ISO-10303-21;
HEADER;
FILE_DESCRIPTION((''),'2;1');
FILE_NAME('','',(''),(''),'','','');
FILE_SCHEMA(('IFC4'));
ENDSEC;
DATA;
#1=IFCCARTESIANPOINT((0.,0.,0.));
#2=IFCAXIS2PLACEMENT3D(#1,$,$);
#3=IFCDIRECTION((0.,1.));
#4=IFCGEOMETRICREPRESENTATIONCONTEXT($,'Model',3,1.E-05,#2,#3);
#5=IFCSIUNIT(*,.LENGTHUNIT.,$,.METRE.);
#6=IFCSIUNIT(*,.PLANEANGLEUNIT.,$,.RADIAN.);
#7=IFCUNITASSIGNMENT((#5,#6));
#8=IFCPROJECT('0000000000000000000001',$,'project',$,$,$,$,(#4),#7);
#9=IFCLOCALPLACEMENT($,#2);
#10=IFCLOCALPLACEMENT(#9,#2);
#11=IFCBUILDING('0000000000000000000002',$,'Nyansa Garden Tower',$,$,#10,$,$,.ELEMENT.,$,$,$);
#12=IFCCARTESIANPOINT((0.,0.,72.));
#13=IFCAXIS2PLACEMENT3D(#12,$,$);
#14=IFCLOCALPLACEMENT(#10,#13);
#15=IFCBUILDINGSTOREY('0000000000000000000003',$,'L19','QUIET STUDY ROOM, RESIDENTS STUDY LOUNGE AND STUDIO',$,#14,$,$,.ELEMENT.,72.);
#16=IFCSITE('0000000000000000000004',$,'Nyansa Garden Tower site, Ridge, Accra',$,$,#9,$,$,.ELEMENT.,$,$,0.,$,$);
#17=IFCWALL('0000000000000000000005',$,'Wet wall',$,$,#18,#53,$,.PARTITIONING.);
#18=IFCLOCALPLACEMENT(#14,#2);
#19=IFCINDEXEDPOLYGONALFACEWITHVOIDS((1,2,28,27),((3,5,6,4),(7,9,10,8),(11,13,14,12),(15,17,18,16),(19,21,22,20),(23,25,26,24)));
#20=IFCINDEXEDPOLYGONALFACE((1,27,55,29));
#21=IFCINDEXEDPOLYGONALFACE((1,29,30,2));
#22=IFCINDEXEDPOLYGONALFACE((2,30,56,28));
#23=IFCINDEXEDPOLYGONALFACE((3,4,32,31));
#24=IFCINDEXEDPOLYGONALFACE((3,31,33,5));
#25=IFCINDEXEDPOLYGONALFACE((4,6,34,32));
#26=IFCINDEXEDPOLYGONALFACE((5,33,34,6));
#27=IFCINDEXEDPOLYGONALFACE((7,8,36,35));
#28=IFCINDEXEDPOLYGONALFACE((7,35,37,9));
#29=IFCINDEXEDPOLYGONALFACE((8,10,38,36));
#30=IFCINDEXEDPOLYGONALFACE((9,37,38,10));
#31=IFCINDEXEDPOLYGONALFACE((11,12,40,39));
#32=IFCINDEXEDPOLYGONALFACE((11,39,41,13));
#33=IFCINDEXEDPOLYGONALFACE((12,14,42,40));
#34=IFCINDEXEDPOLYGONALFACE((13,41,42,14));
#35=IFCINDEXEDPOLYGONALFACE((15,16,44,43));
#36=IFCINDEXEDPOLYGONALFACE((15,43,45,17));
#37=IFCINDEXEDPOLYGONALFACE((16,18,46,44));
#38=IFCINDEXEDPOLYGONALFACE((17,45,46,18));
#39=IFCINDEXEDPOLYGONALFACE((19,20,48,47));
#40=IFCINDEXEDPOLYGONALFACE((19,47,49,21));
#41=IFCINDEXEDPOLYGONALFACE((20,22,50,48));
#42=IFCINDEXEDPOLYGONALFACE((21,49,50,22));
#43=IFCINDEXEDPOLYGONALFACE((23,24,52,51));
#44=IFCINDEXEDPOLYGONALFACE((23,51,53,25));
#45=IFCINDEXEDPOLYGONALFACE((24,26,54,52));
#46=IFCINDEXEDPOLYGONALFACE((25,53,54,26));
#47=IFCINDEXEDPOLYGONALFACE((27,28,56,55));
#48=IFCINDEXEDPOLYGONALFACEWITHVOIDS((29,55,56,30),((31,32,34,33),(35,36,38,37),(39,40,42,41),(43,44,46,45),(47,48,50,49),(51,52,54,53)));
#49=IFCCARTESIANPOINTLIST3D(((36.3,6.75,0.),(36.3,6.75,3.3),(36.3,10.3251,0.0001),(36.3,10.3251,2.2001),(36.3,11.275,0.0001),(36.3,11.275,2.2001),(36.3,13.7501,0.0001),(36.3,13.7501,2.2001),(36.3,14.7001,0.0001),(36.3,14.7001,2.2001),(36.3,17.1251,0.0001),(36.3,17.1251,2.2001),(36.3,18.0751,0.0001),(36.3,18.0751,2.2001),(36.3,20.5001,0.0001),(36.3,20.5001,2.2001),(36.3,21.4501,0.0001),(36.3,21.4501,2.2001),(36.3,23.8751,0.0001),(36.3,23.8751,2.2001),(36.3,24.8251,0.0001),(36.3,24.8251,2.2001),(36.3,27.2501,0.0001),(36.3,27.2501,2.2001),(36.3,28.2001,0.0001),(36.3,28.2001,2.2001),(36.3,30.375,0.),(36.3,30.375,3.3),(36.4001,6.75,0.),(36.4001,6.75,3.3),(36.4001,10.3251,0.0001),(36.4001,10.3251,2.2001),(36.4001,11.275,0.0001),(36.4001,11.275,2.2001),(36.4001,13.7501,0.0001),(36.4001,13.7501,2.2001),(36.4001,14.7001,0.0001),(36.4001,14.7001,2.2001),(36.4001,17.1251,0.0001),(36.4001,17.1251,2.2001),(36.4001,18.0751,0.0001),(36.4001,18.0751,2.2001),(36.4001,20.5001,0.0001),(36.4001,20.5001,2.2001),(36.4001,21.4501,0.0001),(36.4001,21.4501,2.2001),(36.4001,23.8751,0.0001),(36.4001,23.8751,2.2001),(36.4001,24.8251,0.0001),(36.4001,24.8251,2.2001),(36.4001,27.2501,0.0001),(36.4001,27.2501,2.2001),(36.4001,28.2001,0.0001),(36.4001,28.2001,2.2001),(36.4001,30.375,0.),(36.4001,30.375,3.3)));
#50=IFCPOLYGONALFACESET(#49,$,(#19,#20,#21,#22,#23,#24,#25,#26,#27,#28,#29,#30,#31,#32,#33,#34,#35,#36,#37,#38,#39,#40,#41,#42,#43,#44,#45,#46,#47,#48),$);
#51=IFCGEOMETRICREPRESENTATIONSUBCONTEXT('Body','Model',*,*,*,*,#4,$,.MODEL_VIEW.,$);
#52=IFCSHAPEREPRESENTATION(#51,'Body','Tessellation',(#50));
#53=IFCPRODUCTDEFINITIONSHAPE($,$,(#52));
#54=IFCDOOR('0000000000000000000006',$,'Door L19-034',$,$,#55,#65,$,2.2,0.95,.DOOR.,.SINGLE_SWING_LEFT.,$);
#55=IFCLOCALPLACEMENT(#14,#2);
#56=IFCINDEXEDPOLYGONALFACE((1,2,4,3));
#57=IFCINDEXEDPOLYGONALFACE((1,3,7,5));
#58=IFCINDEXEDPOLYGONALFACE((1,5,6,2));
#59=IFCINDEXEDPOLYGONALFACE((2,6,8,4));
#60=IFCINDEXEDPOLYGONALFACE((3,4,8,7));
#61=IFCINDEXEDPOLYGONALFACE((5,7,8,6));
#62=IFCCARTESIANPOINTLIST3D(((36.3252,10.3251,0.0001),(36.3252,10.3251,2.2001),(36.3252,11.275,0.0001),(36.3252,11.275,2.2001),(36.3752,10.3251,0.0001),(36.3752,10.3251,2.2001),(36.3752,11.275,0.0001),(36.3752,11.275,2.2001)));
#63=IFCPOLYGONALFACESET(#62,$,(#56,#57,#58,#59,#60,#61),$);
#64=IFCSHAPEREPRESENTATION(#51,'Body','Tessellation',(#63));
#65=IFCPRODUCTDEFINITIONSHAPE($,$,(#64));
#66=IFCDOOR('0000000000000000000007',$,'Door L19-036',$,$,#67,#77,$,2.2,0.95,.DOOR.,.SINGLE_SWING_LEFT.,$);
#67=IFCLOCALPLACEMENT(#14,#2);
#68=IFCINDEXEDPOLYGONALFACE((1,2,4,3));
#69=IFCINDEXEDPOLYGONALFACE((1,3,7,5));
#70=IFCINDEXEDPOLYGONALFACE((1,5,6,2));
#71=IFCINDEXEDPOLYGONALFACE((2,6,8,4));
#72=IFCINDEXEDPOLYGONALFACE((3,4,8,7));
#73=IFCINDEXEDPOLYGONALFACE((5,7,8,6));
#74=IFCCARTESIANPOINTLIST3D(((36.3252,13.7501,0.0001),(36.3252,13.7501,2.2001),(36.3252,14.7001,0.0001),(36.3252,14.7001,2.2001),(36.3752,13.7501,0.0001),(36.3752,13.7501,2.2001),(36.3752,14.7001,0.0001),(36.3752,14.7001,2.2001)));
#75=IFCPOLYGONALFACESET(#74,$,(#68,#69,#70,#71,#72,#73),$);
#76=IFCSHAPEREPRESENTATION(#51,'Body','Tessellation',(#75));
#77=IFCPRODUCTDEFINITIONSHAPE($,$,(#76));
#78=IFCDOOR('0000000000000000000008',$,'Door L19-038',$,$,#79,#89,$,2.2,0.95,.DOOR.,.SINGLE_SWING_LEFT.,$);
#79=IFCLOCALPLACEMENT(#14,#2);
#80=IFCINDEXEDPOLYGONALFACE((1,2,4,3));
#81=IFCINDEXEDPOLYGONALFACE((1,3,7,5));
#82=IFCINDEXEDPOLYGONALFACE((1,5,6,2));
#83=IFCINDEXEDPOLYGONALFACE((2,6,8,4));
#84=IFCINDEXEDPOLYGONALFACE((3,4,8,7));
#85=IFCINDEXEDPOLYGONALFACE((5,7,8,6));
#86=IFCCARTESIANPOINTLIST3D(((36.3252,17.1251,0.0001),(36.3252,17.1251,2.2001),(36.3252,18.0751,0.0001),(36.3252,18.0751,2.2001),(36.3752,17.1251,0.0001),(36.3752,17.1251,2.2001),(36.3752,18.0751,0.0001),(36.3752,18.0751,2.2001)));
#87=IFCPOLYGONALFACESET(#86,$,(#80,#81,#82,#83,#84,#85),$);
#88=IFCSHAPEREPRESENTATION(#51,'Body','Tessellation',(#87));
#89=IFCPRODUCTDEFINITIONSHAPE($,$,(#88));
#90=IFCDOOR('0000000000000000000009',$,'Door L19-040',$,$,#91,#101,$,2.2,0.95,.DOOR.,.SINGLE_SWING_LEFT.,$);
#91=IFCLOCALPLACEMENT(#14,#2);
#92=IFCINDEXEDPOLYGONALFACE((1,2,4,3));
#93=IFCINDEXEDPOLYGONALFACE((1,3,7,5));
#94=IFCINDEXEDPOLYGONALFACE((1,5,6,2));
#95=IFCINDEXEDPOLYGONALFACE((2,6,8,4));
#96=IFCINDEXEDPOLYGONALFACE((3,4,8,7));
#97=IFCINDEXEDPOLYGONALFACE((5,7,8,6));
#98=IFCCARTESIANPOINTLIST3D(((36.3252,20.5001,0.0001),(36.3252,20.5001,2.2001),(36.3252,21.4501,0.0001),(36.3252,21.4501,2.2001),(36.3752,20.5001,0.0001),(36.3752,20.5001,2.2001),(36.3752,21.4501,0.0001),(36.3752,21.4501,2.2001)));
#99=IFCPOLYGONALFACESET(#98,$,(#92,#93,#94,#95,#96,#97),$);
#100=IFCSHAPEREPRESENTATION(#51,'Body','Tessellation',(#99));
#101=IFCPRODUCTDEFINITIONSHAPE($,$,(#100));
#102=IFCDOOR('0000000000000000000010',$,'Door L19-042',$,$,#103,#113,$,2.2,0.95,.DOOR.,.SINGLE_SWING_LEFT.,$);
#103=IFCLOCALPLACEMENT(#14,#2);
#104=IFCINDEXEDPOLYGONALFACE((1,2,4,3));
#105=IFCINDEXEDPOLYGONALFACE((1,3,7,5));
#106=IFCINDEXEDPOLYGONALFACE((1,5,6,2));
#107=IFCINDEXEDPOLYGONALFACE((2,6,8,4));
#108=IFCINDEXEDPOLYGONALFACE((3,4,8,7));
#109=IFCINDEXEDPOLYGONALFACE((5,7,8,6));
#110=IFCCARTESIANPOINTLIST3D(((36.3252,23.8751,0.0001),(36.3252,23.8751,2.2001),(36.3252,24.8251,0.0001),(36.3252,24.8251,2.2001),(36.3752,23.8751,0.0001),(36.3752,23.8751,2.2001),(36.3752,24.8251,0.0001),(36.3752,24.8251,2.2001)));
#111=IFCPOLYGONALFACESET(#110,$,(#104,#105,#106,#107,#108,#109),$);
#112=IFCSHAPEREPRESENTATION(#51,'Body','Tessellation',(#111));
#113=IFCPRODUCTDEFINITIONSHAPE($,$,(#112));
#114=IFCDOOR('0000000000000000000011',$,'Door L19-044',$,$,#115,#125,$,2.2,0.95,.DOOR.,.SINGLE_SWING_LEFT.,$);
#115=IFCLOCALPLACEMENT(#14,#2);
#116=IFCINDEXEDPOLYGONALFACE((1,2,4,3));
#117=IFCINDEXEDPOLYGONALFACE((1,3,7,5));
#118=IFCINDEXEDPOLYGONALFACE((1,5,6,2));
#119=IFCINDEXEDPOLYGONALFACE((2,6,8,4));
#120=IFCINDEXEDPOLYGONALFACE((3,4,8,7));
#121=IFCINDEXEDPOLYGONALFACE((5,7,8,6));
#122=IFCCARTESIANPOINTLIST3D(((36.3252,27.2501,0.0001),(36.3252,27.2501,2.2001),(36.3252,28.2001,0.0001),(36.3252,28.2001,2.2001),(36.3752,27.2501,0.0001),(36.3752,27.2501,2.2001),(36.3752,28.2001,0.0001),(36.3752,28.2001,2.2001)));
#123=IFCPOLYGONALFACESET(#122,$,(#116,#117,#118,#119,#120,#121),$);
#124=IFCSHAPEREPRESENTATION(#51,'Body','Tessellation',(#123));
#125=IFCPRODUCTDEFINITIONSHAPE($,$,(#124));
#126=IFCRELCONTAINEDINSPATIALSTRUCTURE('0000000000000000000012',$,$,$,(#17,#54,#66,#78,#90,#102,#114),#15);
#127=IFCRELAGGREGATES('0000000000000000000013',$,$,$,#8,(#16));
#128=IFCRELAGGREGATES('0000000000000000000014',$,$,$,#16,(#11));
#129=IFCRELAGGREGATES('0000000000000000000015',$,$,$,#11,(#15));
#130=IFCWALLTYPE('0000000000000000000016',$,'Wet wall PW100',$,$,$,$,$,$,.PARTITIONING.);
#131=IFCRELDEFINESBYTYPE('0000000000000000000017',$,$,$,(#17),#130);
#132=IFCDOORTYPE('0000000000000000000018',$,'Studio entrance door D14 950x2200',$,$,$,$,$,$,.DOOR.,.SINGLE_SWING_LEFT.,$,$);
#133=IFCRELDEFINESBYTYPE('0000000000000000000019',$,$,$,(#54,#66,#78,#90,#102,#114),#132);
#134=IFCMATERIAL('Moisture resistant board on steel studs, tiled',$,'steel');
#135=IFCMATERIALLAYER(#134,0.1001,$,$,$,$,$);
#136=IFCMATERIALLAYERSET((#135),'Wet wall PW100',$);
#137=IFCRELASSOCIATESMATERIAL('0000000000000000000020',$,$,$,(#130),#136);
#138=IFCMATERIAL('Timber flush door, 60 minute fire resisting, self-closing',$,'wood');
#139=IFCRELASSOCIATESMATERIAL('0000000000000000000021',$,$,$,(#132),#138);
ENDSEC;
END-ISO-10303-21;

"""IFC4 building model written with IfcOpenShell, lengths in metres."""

from ifc_helpers import new_model, si_unit, direction, frame, frame_2d, origin, place, context, subcontext, project, spatial, rectangle, extrude, material, layer, layer_set, type_object, element, fill, save


model = new_model("IFC4")

# Units and contexts
model_context = context("Model", 3, precision=1e-05, world=origin(), true_north=direction((0.0, 1.0)))
body_context = subcontext(model_context, "Body", "Model", "MODEL_VIEW")
ifc_project = project(units=[si_unit("LENGTHUNIT", "METRE"), si_unit("PLANEANGLEUNIT", "RADIAN")], contexts=[model_context])

# Site, building, storey
site_placement = place(None, origin())
site = spatial("IfcSite", under=ifc_project, at=site_placement, Name="Nyansa Garden Tower site, Ridge, Accra", CompositionType="ELEMENT", RefElevation=0.0)
building_placement = place(site_placement, origin())
building = spatial("IfcBuilding", under=site, at=building_placement, Name="Nyansa Garden Tower", CompositionType="ELEMENT")
storey_placement = place(building_placement, frame((0.0, 0.0, 72.0)))
storey = spatial("IfcBuildingStorey", under=building, at=storey_placement, Name="L19", Description="QUIET STUDY ROOM, RESIDENTS STUDY LOUNGE AND STUDIO", CompositionType="ELEMENT", Elevation=72.0)

# Wall, openings, doors
ifc_material_1 = material(Name="Moisture resistant board on steel studs, tiled", Category="steel")
ifc_layer_1 = layer(ifc_material_1, 0.1001)
ifc_layer_set_1 = layer_set([ifc_layer_1], Name="Wet wall PW100")
wall_type_1 = type_object("IfcWallType", Name="Wet wall PW100", PredefinedType="PARTITIONING", material=ifc_layer_set_1)
wall_1_placement = place(storey_placement, frame((36.3501, 6.75, 0.0), z_axis=(0.0, 0.0, 1.0), x_axis=(0.0, 1.0, 0.0)))
wall_1 = element("IfcWall", 1, at=wall_1_placement, inside=storey, type_object=wall_type_1, Name="Wet wall", PredefinedType="PARTITIONING", context=body_context, shape_type="SweptSolid", body=[
    extrude(rectangle(XDim=23.625, YDim=0.1001, at=frame_2d((11.8125, 0.0))), origin(), (0.0, 0.0, 1.0), 3.3),
])
opening_1_placement = place(wall_1_placement, frame((3.575, 0.0, 0.0)))
opening_1 = element("IfcOpeningElement", 2, at=opening_1_placement, cuts=wall_1, PredefinedType="OPENING", context=body_context, shape_type="SweptSolid", body=[
    extrude(rectangle(XDim=0.95, YDim=2.2, at=frame_2d((0.4751, 1.1001))), frame((0.0, 0.0601, 0.0), z_axis=(0.0, -1.0, 0.0), x_axis=(1.0, 0.0, 0.0)), (0.0, 0.0, 1.0), 0.1201),
])
opening_2_placement = place(wall_1_placement, frame((7.0, 0.0, 0.0)))
opening_2 = element("IfcOpeningElement", 3, at=opening_2_placement, cuts=wall_1, PredefinedType="OPENING", context=body_context, shape_type="SweptSolid", body=[
    extrude(rectangle(XDim=0.95, YDim=2.2, at=frame_2d((0.4751, 1.1001))), frame((0.0, 0.0601, 0.0), z_axis=(0.0, -1.0, 0.0), x_axis=(1.0, 0.0, 0.0)), (0.0, 0.0, 1.0), 0.1201),
])
opening_3_placement = place(wall_1_placement, frame((10.375, 0.0, 0.0)))
opening_3 = element("IfcOpeningElement", 4, at=opening_3_placement, cuts=wall_1, PredefinedType="OPENING", context=body_context, shape_type="SweptSolid", body=[
    extrude(rectangle(XDim=0.95, YDim=2.2, at=frame_2d((0.4751, 1.1001))), frame((0.0, 0.0601, 0.0), z_axis=(0.0, -1.0, 0.0), x_axis=(1.0, 0.0, 0.0)), (0.0, 0.0, 1.0), 0.1201),
])
opening_4_placement = place(wall_1_placement, frame((13.75, 0.0, 0.0)))
opening_4 = element("IfcOpeningElement", 5, at=opening_4_placement, cuts=wall_1, PredefinedType="OPENING", context=body_context, shape_type="SweptSolid", body=[
    extrude(rectangle(XDim=0.95, YDim=2.2, at=frame_2d((0.4751, 1.1001))), frame((0.0, 0.0601, 0.0), z_axis=(0.0, -1.0, 0.0), x_axis=(1.0, 0.0, 0.0)), (0.0, 0.0, 1.0), 0.1201),
])
opening_5_placement = place(wall_1_placement, frame((17.125, 0.0, 0.0)))
opening_5 = element("IfcOpeningElement", 6, at=opening_5_placement, cuts=wall_1, PredefinedType="OPENING", context=body_context, shape_type="SweptSolid", body=[
    extrude(rectangle(XDim=0.95, YDim=2.2, at=frame_2d((0.4751, 1.1001))), frame((0.0, 0.0601, 0.0), z_axis=(0.0, -1.0, 0.0), x_axis=(1.0, 0.0, 0.0)), (0.0, 0.0, 1.0), 0.1201),
])
opening_6_placement = place(wall_1_placement, frame((20.5, 0.0, 0.0)))
opening_6 = element("IfcOpeningElement", 7, at=opening_6_placement, cuts=wall_1, PredefinedType="OPENING", context=body_context, shape_type="SweptSolid", body=[
    extrude(rectangle(XDim=0.95, YDim=2.2, at=frame_2d((0.4751, 1.1001))), frame((0.0, 0.0601, 0.0), z_axis=(0.0, -1.0, 0.0), x_axis=(1.0, 0.0, 0.0)), (0.0, 0.0, 1.0), 0.1201),
])
ifc_material_2 = material(Name="Timber flush door, 60 minute fire resisting, self-closing", Category="wood")
door_type = type_object("IfcDoorType", Name="Studio entrance door D14 950x2200", OperationType="SINGLE_SWING_LEFT", PredefinedType="DOOR", material=ifc_material_2)
door_1_placement = place(opening_1_placement, origin())
door_1 = element("IfcDoor", 8, at=door_1_placement, inside=storey, type_object=door_type, Name="Door L19-034", OperationType="SINGLE_SWING_LEFT", OverallHeight=2.2, OverallWidth=0.95, PredefinedType="DOOR", context=body_context, shape_type="SweptSolid", body=[
    extrude(rectangle(XDim=0.95, YDim=2.2, at=frame_2d((0.4751, 1.1001))), frame((0.0, 0.0249, 0.0), z_axis=(0.0, -1.0, 0.0), x_axis=(1.0, 0.0, 0.0)), (0.0, 0.0, 1.0), 0.05),
])
fill(opening_1, door_1)
door_2_placement = place(opening_2_placement, origin())
door_2 = element("IfcDoor", 9, at=door_2_placement, inside=storey, type_object=door_type, Name="Door L19-036", OperationType="SINGLE_SWING_LEFT", OverallHeight=2.2, OverallWidth=0.95, PredefinedType="DOOR", context=body_context, shape_type="SweptSolid", body=[
    extrude(rectangle(XDim=0.95, YDim=2.2, at=frame_2d((0.4751, 1.1001))), frame((0.0, 0.0249, 0.0), z_axis=(0.0, -1.0, 0.0), x_axis=(1.0, 0.0, 0.0)), (0.0, 0.0, 1.0), 0.05),
])
fill(opening_2, door_2)
door_3_placement = place(opening_3_placement, origin())
door_3 = element("IfcDoor", 10, at=door_3_placement, inside=storey, type_object=door_type, Name="Door L19-038", OperationType="SINGLE_SWING_LEFT", OverallHeight=2.2, OverallWidth=0.95, PredefinedType="DOOR", context=body_context, shape_type="SweptSolid", body=[
    extrude(rectangle(XDim=0.95, YDim=2.2, at=frame_2d((0.4751, 1.1001))), frame((0.0, 0.0249, 0.0), z_axis=(0.0, -1.0, 0.0), x_axis=(1.0, 0.0, 0.0)), (0.0, 0.0, 1.0), 0.05),
])
fill(opening_3, door_3)
door_4_placement = place(opening_4_placement, origin())
door_4 = element("IfcDoor", 11, at=door_4_placement, inside=storey, type_object=door_type, Name="Door L19-040", OperationType="SINGLE_SWING_LEFT", OverallHeight=2.2, OverallWidth=0.95, PredefinedType="DOOR", context=body_context, shape_type="SweptSolid", body=[
    extrude(rectangle(XDim=0.95, YDim=2.2, at=frame_2d((0.4751, 1.1001))), frame((0.0, 0.0249, 0.0), z_axis=(0.0, -1.0, 0.0), x_axis=(1.0, 0.0, 0.0)), (0.0, 0.0, 1.0), 0.05),
])
fill(opening_4, door_4)
door_5_placement = place(opening_5_placement, origin())
door_5 = element("IfcDoor", 12, at=door_5_placement, inside=storey, type_object=door_type, Name="Door L19-042", OperationType="SINGLE_SWING_LEFT", OverallHeight=2.2, OverallWidth=0.95, PredefinedType="DOOR", context=body_context, shape_type="SweptSolid", body=[
    extrude(rectangle(XDim=0.95, YDim=2.2, at=frame_2d((0.4751, 1.1001))), frame((0.0, 0.0249, 0.0), z_axis=(0.0, -1.0, 0.0), x_axis=(1.0, 0.0, 0.0)), (0.0, 0.0, 1.0), 0.05),
])
fill(opening_5, door_5)
door_6_placement = place(opening_6_placement, origin())
door_6 = element("IfcDoor", 13, at=door_6_placement, inside=storey, type_object=door_type, Name="Door L19-044", OperationType="SINGLE_SWING_LEFT", OverallHeight=2.2, OverallWidth=0.95, PredefinedType="DOOR", context=body_context, shape_type="SweptSolid", body=[
    extrude(rectangle(XDim=0.95, YDim=2.2, at=frame_2d((0.4751, 1.1001))), frame((0.0, 0.0249, 0.0), z_axis=(0.0, -1.0, 0.0), x_axis=(1.0, 0.0, 0.0)), (0.0, 0.0, 1.0), 0.05),
])
fill(opening_6, door_6)

save(model, "model.ifc")
